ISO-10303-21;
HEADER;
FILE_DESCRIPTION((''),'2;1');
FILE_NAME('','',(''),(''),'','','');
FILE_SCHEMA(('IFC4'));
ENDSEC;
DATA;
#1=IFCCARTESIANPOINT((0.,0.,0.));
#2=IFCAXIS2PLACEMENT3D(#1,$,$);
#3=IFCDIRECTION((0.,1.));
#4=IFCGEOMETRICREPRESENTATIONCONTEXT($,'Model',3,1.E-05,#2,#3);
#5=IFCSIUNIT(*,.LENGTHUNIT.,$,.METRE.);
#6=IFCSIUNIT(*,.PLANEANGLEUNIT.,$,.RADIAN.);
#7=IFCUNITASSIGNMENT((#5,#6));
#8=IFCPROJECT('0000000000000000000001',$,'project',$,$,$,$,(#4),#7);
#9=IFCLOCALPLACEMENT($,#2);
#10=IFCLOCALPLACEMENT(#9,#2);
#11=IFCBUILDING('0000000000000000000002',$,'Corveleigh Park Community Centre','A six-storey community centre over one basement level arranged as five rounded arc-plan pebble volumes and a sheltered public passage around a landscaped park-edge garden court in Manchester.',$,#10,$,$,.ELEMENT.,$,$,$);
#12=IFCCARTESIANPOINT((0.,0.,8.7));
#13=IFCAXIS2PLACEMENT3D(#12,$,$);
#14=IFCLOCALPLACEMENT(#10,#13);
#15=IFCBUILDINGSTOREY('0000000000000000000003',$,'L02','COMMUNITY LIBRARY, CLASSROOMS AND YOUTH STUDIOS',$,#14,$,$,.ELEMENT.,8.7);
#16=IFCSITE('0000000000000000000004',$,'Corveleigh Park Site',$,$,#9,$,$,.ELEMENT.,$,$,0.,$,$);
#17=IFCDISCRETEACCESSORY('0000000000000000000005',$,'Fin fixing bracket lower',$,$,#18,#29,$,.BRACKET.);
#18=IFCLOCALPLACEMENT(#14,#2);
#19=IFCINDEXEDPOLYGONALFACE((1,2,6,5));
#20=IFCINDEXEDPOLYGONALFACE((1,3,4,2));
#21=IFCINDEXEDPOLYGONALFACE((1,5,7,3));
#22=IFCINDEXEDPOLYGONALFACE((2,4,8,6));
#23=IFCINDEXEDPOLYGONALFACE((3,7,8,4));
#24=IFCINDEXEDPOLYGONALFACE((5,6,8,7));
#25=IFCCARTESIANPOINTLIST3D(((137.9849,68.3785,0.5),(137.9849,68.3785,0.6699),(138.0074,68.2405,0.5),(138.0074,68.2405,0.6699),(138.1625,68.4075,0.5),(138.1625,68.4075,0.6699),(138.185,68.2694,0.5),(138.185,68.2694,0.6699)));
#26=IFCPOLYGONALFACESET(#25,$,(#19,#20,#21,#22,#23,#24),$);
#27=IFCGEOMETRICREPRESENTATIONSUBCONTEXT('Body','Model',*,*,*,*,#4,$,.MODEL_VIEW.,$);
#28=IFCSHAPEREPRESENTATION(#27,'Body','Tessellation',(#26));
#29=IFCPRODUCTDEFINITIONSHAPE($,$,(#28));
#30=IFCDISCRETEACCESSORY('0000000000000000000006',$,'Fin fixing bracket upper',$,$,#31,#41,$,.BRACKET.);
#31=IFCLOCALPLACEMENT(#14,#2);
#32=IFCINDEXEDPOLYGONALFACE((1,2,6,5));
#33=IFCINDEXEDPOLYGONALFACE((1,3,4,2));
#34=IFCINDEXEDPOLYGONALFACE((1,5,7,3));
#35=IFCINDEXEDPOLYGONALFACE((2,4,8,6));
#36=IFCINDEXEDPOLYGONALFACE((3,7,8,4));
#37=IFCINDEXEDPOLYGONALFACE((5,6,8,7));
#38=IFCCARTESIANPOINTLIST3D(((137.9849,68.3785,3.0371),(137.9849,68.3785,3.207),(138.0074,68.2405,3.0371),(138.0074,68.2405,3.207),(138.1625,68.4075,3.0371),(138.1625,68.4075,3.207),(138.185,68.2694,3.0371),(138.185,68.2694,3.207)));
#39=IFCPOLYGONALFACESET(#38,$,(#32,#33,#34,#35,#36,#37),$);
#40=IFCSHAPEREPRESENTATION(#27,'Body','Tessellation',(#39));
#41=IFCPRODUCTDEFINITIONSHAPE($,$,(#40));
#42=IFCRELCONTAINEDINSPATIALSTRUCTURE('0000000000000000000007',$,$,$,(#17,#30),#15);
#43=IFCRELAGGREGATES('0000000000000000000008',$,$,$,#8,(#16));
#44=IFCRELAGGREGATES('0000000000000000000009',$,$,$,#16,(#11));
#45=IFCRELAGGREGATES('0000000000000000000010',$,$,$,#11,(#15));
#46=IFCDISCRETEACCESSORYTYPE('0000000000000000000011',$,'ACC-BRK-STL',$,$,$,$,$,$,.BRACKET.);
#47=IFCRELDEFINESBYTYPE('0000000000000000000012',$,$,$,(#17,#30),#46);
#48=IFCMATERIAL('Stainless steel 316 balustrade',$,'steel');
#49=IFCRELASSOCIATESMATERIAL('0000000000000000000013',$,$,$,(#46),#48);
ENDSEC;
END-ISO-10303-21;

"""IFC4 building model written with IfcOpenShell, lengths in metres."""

from ifc_helpers import new_model, si_unit, direction, frame, origin, origin_2d, place, context, subcontext, project, spatial, rectangle, extrude, material, type_object, element, save


model = new_model("IFC4")

# Units and contexts
model_context = context("Model", 3, precision=1e-05, world=origin(), true_north=direction((0.0, 1.0)))
body_context = subcontext(model_context, "Body", "Model", "MODEL_VIEW")
ifc_project = project(units=[si_unit("LENGTHUNIT", "METRE"), si_unit("PLANEANGLEUNIT", "RADIAN")], contexts=[model_context])

# Site, building, storey
site_placement = place(None, origin())
site = spatial("IfcSite", under=ifc_project, at=site_placement, Name="Corveleigh Park Site", CompositionType="ELEMENT", RefElevation=0.0)
building_placement = place(site_placement, origin())
building = spatial("IfcBuilding", under=site, at=building_placement, Name="Corveleigh Park Community Centre", Description="A six-storey community centre over one basement level arranged as five rounded arc-plan pebble volumes and a sheltered public passage around a landscaped park-edge garden court in Manchester.", CompositionType="ELEMENT")
storey_placement = place(building_placement, frame((0.0, 0.0, 8.7)))
storey = spatial("IfcBuildingStorey", under=building, at=storey_placement, Name="L02", Description="COMMUNITY LIBRARY, CLASSROOMS AND YOUTH STUDIOS", CompositionType="ELEMENT", Elevation=8.7)

# Discrete accessories
ifc_material_1 = material(Name="Stainless steel 316 balustrade", Category="steel")
discrete_accessory_type = type_object("IfcDiscreteAccessoryType", Name="ACC-BRK-STL", PredefinedType="BRACKET", material=ifc_material_1)
for number, where, z_axis, x_axis, name in (
    (1, (138.085, 68.324, 0.5), (0.0, 0.0, 1.0), (-0.986991, -0.160773, 0.0), "Fin fixing bracket lower"),
    (2, (138.085, 68.324, 3.0371), (0.0, 0.0, 1.0), (-0.986991, -0.160773, 0.0), "Fin fixing bracket upper"),
):
    element("IfcDiscreteAccessory", number, at=place(storey_placement, frame(where, z_axis=z_axis, x_axis=x_axis)), inside=storey, type_object=discrete_accessory_type, Name=name, PredefinedType="BRACKET", context=body_context, shape_type="SweptSolid", body=[
        extrude(rectangle(XDim=0.1799, YDim=0.1399, at=origin_2d()), origin(), (0.0, 0.0, 1.0), 0.1699),
    ])

save(model, "model.ifc")
